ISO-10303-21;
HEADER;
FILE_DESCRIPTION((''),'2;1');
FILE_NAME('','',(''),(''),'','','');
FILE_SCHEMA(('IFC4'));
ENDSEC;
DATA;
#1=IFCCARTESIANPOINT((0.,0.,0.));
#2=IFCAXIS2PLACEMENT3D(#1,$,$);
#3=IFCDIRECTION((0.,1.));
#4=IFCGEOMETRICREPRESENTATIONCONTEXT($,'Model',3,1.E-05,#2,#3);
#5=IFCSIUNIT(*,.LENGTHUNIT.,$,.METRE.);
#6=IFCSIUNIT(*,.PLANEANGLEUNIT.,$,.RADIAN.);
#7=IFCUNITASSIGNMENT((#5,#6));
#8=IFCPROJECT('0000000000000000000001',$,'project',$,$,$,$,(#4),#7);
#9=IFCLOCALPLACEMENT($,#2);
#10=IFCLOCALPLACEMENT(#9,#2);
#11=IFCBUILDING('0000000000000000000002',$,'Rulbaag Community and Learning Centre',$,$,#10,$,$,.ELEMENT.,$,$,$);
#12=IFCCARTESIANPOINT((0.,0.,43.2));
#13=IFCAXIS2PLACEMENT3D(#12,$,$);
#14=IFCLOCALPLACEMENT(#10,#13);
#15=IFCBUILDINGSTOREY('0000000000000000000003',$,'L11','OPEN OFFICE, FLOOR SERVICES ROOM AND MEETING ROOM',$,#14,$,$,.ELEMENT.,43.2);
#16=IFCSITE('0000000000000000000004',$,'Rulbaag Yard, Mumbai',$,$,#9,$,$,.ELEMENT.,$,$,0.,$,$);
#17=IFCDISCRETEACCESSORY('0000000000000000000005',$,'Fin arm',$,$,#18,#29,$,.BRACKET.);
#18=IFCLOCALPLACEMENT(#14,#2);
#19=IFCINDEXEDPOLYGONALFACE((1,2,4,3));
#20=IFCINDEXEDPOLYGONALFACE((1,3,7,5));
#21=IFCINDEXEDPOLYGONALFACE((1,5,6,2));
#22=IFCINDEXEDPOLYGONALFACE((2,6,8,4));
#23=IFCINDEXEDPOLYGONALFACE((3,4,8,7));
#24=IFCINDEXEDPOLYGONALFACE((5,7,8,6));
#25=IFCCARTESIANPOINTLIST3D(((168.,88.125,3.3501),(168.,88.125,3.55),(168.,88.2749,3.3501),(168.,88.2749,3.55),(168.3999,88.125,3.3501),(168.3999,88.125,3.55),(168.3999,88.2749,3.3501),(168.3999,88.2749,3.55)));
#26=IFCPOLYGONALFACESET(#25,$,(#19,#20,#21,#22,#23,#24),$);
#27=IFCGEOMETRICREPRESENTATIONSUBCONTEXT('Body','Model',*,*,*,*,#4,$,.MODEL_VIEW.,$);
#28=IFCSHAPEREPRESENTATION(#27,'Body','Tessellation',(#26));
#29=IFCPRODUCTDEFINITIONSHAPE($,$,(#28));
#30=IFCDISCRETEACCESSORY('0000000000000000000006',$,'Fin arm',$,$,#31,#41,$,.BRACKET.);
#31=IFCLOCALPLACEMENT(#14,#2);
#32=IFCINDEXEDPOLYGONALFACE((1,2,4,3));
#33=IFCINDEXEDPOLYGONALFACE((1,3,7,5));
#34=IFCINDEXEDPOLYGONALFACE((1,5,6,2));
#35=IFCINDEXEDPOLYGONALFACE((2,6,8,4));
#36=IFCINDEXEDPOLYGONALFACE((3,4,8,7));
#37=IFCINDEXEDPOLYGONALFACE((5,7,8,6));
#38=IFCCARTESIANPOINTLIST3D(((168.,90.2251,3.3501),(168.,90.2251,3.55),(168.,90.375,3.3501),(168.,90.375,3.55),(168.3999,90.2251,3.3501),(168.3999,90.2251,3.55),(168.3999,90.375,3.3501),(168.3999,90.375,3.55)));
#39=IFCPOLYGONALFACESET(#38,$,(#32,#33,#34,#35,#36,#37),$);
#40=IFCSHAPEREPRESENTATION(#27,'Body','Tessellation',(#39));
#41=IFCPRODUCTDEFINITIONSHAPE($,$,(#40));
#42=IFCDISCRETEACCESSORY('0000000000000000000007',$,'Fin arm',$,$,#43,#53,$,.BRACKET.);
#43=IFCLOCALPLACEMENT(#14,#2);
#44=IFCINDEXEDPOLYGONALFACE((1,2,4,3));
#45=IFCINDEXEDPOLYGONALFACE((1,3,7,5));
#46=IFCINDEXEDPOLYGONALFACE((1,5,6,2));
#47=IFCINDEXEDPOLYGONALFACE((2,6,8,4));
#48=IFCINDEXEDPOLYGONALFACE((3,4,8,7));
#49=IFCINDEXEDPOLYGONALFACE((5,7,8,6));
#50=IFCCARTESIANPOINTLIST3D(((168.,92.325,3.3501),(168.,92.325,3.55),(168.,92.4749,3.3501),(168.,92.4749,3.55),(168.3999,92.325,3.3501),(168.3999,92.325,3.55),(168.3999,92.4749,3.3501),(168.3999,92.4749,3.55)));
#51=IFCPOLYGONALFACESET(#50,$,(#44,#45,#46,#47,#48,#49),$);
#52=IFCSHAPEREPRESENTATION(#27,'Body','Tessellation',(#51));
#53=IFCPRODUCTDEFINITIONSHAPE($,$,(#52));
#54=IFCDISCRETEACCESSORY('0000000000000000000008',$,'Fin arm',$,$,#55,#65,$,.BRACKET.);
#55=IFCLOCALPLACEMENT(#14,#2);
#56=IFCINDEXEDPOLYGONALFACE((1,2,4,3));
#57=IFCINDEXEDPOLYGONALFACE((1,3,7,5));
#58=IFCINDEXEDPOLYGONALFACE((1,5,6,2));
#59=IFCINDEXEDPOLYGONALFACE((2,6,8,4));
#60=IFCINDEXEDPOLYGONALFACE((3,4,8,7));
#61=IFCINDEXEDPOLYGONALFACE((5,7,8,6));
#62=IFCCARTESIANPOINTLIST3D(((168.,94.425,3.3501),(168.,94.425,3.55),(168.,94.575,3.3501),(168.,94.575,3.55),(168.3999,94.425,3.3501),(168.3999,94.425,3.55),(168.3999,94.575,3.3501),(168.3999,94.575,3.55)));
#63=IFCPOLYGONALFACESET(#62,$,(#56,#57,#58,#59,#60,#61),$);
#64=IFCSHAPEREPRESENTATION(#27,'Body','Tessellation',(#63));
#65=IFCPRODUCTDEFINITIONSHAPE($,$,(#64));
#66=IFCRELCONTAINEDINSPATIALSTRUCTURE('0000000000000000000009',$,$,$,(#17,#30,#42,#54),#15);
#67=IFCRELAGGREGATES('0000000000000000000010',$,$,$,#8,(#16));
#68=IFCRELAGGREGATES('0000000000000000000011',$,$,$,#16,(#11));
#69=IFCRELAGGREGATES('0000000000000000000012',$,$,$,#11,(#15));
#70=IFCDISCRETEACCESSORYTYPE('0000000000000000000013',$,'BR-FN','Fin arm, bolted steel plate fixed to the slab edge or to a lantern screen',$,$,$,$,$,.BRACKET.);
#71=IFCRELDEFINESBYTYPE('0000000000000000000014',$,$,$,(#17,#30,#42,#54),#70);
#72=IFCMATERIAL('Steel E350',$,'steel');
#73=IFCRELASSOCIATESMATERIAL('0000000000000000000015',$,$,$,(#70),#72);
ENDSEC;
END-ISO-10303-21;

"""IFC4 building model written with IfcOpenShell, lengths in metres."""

from ifc_helpers import new_model, si_unit, direction, frame, origin, origin_2d, place, context, subcontext, project, spatial, rectangle, extrude, material, type_object, element, save


model = new_model("IFC4")

# Units and contexts
model_context = context("Model", 3, precision=1e-05, world=origin(), true_north=direction((0.0, 1.0)))
body_context = subcontext(model_context, "Body", "Model", "MODEL_VIEW")
ifc_project = project(units=[si_unit("LENGTHUNIT", "METRE"), si_unit("PLANEANGLEUNIT", "RADIAN")], contexts=[model_context])

# Site, building, storey
site_placement = place(None, origin())
site = spatial("IfcSite", under=ifc_project, at=site_placement, Name="Rulbaag Yard, Mumbai", CompositionType="ELEMENT", RefElevation=0.0)
building_placement = place(site_placement, origin())
building = spatial("IfcBuilding", under=site, at=building_placement, Name="Rulbaag Community and Learning Centre", CompositionType="ELEMENT")
storey_placement = place(building_placement, frame((0.0, 0.0, 43.2)))
storey = spatial("IfcBuildingStorey", under=building, at=storey_placement, Name="L11", Description="OPEN OFFICE, FLOOR SERVICES ROOM AND MEETING ROOM", CompositionType="ELEMENT", Elevation=43.2)

# Discrete accessories
ifc_material_1 = material(Name="Steel E350", Category="steel")
discrete_accessory_type = type_object("IfcDiscreteAccessoryType", Name="BR-FN", Description="Fin arm, bolted steel plate fixed to the slab edge or to a lantern screen", PredefinedType="BRACKET", material=ifc_material_1)
for number, where, z_axis, x_axis, name in (
    (1, (168.2, 88.2, 3.3501), (0.0, 0.0, 1.0), (1.0, 0.0, 0.0), "Fin arm"),
    (2, (168.2, 90.3, 3.3501), (0.0, 0.0, 1.0), (1.0, 0.0, 0.0), "Fin arm"),
    (3, (168.2, 92.3999, 3.3501), (0.0, 0.0, 1.0), (1.0, 0.0, 0.0), "Fin arm"),
    (4, (168.2, 94.5, 3.3501), (0.0, 0.0, 1.0), (1.0, 0.0, 0.0), "Fin arm"),
):
    element("IfcDiscreteAccessory", number, at=place(storey_placement, frame(where, z_axis=z_axis, x_axis=x_axis)), inside=storey, type_object=discrete_accessory_type, Name=name, PredefinedType="BRACKET", context=body_context, shape_type="SweptSolid", body=[
        extrude(rectangle(XDim=0.3999, YDim=0.1499, at=origin_2d()), origin(), (0.0, 0.0, 1.0), 0.2),
    ])

save(model, "model.ifc")
